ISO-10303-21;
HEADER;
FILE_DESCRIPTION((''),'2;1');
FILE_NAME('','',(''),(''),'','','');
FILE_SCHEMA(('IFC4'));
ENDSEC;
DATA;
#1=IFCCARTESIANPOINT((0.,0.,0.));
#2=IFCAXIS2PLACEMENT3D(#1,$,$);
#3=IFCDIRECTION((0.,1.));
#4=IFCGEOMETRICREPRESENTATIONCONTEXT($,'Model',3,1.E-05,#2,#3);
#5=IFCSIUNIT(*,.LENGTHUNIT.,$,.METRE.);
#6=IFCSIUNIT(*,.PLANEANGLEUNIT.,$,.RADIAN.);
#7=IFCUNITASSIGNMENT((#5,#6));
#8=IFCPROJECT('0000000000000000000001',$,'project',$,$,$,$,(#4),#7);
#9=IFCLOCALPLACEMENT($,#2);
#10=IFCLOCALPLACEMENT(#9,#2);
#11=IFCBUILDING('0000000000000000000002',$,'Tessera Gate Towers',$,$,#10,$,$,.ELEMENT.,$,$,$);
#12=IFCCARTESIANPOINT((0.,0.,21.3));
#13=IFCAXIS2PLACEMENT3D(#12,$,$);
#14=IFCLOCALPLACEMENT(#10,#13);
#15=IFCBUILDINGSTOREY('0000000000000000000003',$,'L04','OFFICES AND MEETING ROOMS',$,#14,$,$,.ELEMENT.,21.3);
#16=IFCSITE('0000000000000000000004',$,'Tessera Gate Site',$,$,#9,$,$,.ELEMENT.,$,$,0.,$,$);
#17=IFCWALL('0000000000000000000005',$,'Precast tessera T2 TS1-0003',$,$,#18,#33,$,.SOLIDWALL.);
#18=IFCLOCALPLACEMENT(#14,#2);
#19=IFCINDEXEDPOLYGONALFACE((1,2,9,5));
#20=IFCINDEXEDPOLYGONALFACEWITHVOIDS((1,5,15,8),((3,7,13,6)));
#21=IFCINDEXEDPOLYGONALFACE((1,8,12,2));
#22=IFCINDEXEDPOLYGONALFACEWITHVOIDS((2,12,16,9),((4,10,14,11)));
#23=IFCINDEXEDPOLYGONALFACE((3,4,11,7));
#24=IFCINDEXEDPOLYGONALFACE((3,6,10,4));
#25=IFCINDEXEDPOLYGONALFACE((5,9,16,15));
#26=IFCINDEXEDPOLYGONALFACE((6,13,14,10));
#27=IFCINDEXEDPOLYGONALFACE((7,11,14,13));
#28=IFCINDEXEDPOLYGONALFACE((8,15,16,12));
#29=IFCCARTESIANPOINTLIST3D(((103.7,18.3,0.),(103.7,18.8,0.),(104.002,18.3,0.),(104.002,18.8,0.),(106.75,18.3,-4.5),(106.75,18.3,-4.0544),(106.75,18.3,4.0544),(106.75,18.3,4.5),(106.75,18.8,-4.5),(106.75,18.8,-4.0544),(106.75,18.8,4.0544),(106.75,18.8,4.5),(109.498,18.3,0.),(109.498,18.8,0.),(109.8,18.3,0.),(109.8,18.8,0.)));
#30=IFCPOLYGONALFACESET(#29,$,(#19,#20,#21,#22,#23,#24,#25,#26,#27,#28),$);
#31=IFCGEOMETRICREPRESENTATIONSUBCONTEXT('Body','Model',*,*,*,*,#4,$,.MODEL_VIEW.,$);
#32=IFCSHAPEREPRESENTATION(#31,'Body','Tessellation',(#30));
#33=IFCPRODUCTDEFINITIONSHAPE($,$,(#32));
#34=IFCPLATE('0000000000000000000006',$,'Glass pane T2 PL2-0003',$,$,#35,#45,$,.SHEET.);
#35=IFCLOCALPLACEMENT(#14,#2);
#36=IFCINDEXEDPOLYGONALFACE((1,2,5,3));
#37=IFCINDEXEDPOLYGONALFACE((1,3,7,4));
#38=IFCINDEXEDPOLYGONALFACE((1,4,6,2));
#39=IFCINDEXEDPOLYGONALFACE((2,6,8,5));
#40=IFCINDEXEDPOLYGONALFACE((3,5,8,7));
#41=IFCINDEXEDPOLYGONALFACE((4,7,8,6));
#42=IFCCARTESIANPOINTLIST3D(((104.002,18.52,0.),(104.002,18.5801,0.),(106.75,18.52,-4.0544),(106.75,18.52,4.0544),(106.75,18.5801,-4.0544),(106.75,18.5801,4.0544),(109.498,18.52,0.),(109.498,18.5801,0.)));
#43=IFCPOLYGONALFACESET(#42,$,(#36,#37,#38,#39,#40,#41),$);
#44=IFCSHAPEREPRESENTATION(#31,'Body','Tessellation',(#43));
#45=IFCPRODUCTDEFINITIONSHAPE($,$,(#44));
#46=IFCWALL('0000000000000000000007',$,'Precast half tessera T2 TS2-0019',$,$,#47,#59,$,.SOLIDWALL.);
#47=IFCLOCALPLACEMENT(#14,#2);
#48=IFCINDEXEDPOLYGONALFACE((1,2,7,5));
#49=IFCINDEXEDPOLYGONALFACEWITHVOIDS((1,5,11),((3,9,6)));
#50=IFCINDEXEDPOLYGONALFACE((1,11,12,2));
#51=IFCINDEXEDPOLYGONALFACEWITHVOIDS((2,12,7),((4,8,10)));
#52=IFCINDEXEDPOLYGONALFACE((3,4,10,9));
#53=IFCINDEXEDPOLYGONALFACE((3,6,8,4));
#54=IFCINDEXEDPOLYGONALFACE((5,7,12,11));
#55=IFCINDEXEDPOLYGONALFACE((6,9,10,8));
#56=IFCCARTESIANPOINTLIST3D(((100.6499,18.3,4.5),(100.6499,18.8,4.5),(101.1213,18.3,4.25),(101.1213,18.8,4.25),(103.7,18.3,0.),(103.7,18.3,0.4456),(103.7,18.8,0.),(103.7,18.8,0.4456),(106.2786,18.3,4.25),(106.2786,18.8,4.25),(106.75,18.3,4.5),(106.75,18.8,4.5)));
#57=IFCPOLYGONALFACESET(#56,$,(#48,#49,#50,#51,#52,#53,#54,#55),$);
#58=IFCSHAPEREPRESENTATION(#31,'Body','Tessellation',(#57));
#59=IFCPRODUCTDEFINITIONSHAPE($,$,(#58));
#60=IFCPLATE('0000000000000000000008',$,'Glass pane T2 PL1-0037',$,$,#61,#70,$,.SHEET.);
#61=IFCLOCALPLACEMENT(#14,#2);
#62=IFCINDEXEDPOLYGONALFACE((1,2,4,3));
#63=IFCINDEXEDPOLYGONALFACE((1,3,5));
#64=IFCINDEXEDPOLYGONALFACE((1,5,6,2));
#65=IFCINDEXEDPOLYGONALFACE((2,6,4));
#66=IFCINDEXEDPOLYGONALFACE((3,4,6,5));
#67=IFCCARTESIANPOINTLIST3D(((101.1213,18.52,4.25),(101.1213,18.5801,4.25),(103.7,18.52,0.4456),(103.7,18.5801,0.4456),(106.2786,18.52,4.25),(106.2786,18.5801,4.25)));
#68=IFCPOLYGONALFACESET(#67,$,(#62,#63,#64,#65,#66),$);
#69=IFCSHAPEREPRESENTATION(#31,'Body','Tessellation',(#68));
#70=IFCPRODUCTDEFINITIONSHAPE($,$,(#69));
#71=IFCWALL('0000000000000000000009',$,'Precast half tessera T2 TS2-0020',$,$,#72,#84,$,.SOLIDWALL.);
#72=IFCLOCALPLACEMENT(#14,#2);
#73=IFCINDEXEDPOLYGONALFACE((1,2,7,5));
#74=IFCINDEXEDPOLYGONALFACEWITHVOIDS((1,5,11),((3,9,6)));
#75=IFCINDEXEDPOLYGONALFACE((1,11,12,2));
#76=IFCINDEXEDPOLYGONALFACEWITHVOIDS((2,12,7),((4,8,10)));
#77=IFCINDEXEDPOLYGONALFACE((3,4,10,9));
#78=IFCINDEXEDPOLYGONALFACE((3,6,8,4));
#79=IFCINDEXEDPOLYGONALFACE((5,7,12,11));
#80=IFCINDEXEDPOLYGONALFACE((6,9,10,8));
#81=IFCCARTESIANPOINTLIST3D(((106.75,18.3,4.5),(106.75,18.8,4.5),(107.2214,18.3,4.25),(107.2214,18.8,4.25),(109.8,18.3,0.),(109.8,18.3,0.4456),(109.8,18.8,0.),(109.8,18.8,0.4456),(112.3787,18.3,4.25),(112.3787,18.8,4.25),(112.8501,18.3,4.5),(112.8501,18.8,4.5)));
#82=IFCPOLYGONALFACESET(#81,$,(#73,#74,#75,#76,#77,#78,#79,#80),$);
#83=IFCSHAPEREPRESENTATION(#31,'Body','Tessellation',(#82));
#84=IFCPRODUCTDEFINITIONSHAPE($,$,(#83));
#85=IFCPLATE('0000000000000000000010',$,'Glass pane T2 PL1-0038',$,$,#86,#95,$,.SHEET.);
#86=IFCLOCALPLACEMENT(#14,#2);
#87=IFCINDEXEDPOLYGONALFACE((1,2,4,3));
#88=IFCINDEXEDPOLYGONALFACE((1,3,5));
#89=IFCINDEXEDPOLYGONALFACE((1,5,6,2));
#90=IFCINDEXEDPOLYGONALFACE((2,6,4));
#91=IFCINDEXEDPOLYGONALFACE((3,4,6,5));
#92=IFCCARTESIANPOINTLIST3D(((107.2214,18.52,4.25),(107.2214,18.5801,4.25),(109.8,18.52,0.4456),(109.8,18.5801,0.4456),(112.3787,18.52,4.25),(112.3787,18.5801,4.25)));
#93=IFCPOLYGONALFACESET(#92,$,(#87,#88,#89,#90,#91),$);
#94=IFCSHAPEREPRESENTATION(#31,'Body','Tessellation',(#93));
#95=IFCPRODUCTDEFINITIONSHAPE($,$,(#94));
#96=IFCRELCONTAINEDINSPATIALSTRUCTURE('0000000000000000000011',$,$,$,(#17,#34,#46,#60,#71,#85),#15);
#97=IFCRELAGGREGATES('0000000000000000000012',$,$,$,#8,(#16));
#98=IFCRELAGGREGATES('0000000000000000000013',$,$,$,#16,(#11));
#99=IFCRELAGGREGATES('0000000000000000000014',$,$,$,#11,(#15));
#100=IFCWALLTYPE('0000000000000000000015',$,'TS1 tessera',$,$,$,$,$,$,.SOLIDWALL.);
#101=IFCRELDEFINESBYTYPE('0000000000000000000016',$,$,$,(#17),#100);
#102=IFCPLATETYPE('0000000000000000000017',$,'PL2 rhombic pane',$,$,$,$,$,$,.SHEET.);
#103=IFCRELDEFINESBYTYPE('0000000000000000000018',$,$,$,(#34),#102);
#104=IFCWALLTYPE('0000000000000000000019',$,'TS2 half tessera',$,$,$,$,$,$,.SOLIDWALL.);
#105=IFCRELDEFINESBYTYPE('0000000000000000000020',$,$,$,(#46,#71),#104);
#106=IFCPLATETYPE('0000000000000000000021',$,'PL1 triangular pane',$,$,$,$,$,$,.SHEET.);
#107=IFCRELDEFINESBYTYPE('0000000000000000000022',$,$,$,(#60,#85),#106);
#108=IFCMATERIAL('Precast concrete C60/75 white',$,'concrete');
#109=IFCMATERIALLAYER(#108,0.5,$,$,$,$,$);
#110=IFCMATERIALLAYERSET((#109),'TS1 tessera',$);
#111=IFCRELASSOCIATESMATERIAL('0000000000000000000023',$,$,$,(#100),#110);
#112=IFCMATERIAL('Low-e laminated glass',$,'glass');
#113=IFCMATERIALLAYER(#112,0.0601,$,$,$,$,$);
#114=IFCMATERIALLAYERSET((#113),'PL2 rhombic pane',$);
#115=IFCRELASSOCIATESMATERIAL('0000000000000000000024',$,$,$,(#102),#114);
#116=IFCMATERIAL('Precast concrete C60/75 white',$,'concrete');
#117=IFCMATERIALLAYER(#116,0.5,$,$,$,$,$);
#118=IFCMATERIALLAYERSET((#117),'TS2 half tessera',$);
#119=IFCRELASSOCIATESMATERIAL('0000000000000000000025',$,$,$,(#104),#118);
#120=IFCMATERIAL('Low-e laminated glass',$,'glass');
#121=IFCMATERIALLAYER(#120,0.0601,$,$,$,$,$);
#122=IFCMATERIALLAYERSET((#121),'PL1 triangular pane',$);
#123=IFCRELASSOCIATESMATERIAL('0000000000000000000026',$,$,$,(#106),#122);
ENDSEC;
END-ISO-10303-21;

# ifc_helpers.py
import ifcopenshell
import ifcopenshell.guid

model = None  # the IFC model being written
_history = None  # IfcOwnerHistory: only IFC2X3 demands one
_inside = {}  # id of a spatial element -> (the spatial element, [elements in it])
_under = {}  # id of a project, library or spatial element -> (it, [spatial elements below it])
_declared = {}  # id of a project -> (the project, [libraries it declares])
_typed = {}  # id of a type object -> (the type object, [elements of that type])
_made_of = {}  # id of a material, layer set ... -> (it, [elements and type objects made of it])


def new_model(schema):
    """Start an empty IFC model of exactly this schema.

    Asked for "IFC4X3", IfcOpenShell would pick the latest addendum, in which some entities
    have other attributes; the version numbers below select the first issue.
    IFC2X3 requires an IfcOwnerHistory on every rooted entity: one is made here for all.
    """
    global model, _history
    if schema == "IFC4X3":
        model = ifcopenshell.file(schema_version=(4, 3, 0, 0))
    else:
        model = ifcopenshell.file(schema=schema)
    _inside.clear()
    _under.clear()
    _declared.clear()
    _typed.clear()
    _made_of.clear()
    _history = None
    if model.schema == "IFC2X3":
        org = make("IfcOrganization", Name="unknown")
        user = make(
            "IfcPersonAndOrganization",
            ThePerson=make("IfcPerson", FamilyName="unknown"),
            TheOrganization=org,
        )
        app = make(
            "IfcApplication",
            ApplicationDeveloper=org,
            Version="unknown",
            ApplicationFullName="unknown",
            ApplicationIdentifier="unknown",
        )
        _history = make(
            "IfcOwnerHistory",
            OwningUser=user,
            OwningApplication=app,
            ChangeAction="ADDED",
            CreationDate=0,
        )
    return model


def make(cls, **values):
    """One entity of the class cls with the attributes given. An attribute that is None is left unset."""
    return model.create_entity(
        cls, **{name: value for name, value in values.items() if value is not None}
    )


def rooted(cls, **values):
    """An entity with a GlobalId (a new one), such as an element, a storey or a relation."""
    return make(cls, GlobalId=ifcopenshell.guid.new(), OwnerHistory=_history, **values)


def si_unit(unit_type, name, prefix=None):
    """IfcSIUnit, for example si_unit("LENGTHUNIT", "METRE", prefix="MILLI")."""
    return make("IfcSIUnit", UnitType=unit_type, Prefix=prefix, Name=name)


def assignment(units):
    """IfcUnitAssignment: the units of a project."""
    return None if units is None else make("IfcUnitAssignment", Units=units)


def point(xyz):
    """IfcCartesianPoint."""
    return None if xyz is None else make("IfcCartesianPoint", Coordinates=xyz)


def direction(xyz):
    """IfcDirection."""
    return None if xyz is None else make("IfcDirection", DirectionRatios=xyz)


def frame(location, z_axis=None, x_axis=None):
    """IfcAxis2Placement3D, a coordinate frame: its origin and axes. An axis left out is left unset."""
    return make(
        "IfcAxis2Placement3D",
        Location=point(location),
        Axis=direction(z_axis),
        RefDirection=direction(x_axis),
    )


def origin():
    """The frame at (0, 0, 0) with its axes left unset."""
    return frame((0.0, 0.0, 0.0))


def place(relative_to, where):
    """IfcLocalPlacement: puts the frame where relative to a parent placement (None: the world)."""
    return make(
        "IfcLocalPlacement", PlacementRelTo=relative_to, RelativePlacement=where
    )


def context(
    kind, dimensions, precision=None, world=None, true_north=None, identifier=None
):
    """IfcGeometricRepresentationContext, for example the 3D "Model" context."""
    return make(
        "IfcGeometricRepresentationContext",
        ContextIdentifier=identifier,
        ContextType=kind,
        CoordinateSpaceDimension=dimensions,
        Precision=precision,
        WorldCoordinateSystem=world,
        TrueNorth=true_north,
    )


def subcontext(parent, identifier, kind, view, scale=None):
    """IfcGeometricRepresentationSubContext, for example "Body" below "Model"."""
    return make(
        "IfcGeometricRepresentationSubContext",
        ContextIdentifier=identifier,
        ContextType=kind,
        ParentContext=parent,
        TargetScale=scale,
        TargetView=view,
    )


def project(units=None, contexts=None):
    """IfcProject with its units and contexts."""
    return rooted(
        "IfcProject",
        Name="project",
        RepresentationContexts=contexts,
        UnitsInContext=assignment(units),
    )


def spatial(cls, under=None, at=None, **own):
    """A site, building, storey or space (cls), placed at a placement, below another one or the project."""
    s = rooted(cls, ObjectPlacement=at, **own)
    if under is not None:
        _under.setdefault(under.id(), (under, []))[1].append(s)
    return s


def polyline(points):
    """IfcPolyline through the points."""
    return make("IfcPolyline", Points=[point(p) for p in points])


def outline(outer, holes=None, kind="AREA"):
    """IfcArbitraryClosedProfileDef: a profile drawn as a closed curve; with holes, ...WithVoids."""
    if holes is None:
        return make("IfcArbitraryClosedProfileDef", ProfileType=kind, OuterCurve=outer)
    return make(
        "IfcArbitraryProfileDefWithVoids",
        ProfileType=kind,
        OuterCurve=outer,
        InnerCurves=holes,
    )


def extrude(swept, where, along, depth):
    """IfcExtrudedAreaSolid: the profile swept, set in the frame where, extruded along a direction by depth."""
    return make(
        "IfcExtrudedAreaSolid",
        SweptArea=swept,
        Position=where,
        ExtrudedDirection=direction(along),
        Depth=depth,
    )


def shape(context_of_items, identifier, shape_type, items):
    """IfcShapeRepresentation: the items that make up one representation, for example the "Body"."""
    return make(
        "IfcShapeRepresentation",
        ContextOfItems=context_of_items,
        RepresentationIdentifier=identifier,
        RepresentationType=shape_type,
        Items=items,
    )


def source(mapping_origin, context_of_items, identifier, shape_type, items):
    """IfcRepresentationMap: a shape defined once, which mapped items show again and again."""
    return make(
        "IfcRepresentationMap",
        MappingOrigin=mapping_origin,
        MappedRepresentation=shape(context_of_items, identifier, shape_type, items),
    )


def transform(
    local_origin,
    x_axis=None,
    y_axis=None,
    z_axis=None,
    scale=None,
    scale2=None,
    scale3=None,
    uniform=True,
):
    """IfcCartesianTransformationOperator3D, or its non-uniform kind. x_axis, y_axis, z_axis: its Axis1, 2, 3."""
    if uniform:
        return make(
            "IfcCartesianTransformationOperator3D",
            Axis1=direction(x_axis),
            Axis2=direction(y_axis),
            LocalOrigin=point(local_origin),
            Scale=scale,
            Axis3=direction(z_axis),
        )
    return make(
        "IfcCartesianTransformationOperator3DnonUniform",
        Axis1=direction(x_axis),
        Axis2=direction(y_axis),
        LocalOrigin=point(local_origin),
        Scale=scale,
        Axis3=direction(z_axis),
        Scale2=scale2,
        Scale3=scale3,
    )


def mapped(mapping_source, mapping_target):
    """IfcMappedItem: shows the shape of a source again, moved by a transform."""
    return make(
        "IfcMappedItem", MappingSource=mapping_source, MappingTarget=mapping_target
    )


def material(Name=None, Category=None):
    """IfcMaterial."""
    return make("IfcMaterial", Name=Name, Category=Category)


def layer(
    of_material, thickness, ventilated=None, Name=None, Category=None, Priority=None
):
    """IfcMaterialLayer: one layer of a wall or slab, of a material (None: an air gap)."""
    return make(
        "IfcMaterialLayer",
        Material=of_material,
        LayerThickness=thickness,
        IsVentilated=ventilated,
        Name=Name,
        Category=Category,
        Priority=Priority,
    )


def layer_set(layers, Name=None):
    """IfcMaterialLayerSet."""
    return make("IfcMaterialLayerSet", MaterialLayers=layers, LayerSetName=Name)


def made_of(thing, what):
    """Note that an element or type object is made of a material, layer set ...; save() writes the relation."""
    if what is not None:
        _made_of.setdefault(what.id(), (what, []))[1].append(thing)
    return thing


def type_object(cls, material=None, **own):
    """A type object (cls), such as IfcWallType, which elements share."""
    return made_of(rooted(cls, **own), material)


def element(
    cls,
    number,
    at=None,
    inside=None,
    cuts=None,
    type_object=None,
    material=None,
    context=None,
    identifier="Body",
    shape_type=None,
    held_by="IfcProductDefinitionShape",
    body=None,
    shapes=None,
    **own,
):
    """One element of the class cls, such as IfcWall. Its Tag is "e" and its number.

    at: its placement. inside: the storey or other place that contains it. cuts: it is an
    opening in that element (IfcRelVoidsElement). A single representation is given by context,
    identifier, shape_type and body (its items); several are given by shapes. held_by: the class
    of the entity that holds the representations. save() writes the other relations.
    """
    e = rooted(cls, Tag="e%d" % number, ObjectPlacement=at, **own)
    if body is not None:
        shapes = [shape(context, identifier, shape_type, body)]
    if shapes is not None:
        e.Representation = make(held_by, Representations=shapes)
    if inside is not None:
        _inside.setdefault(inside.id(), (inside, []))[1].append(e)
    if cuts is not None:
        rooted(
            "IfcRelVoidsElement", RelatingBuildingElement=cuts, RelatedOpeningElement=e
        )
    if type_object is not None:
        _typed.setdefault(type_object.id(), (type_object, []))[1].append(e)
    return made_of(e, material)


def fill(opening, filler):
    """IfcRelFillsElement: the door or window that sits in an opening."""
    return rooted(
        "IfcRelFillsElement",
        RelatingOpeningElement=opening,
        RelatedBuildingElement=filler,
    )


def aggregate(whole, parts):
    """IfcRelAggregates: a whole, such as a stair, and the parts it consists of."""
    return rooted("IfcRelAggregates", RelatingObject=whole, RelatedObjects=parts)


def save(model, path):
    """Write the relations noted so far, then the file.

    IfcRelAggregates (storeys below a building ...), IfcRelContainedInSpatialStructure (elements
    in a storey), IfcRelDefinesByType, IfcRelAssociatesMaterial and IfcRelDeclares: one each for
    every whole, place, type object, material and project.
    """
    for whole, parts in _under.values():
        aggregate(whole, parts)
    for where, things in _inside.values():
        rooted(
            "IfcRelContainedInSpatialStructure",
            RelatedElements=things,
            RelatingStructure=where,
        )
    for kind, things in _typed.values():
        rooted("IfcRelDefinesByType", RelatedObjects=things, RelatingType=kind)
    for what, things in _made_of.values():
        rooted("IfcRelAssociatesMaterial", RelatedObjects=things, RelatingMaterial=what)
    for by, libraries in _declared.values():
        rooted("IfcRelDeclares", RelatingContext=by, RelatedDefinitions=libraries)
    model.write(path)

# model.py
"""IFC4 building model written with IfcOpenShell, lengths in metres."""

from ifc_helpers import new_model, si_unit, direction, frame, origin, place, context, subcontext, project, spatial, polyline, outline, extrude, source, transform, mapped, material, layer, layer_set, type_object, element, fill, save


model = new_model("IFC4")

# Units and contexts
model_context = context("Model", 3, precision=1e-05, world=origin(), true_north=direction((0.0, 1.0)))
body_context = subcontext(model_context, "Body", "Model", "MODEL_VIEW")
ifc_project = project(units=[si_unit("LENGTHUNIT", "METRE"), si_unit("PLANEANGLEUNIT", "RADIAN")], contexts=[model_context])

# Site, building, storey
site_placement = place(None, origin())
site = spatial("IfcSite", under=ifc_project, at=site_placement, Name="Tessera Gate Site", CompositionType="ELEMENT", RefElevation=0.0)
building_placement = place(site_placement, origin())
building = spatial("IfcBuilding", under=site, at=building_placement, Name="Tessera Gate Towers", CompositionType="ELEMENT")
storey_placement = place(building_placement, frame((0.0, 0.0, 21.3)))
storey = spatial("IfcBuildingStorey", under=building, at=storey_placement, Name="L04", Description="OFFICES AND MEETING ROOMS", CompositionType="ELEMENT", Elevation=21.3)

# Walls, openings, plates
ifc_material_1 = material(Name="Precast concrete C60/75 white", Category="concrete")
ifc_layer_1 = layer(ifc_material_1, 0.5)
ifc_layer_set_1 = layer_set([ifc_layer_1], Name="TS1 tessera")
wall_type_1 = type_object("IfcWallType", Name="TS1 tessera", PredefinedType="SOLIDWALL", material=ifc_layer_set_1)
shared_shape_1 = source(origin(), body_context, "Body", "SweptSolid", [
    extrude(outline(polyline([(3.05, 0.0), (6.1001, 4.5), (3.05, 9.0), (0.0, 4.5), (3.05, 0.0)])), frame((0.0, 0.25, 0.0), z_axis=(0.0, -1.0, 0.0), x_axis=(1.0, 0.0, 0.0)), (0.0, 0.0, 1.0), 0.5),
])
wall_1_placement = place(storey_placement, frame((103.7, 18.55, -4.5), z_axis=(0.0, 0.0, 1.0), x_axis=(1.0, 0.0, 0.0)))
wall_1 = element("IfcWall", 1, at=wall_1_placement, inside=storey, type_object=wall_type_1, Name="Precast tessera T2 TS1-0003", PredefinedType="SOLIDWALL", context=body_context, shape_type="MappedRepresentation", body=[
    mapped(shared_shape_1, transform((0.0, 0.0, 0.0), scale=1.0)),
])
shared_shape_2 = source(origin(), body_context, "Body", "SweptSolid", [
    extrude(outline(polyline([(3.05, 0.4456), (5.7981, 4.5), (3.05, 8.5544), (0.302, 4.5), (3.05, 0.4456)])), frame((0.0, 0.26, 0.0), z_axis=(0.0, -1.0, 0.0), x_axis=(1.0, 0.0, 0.0)), (0.0, 0.0, 1.0), 0.52),
])
opening_1_placement = place(wall_1_placement, origin())
opening_1 = element("IfcOpeningElement", 2, at=opening_1_placement, cuts=wall_1, PredefinedType="OPENING", context=body_context, shape_type="MappedRepresentation", body=[
    mapped(shared_shape_2, transform((0.0, 0.0, 0.0), scale=1.0)),
])
ifc_material_2 = material(Name="Low-e laminated glass", Category="glass")
ifc_layer_2 = layer(ifc_material_2, 0.0601)
ifc_layer_set_2 = layer_set([ifc_layer_2], Name="PL2 rhombic pane")
plate_type_1 = type_object("IfcPlateType", Name="PL2 rhombic pane", PredefinedType="SHEET", material=ifc_layer_set_2)
shared_shape_3 = source(origin(), body_context, "Body", "SweptSolid", [
    extrude(outline(polyline([(3.05, 0.4456), (5.7981, 4.5), (3.05, 8.5544), (0.302, 4.5), (3.05, 0.4456)])), frame((0.0, 0.03, 0.0), z_axis=(0.0, -1.0, 0.0), x_axis=(1.0, 0.0, 0.0)), (0.0, 0.0, 1.0), 0.0601),
])
plate_1_placement = place(opening_1_placement, origin())
plate_1 = element("IfcPlate", 3, at=plate_1_placement, inside=storey, type_object=plate_type_1, Name="Glass pane T2 PL2-0003", PredefinedType="SHEET", context=body_context, shape_type="MappedRepresentation", body=[
    mapped(shared_shape_3, transform((0.0, 0.0, 0.0), scale=1.0)),
])
fill(opening_1, plate_1)
ifc_material_3 = material(Name="Precast concrete C60/75 white", Category="concrete")
ifc_layer_3 = layer(ifc_material_3, 0.5)
ifc_layer_set_3 = layer_set([ifc_layer_3], Name="TS2 half tessera")
wall_type_2 = type_object("IfcWallType", Name="TS2 half tessera", PredefinedType="SOLIDWALL", material=ifc_layer_set_3)
shared_shape_4 = source(origin(), body_context, "Body", "SweptSolid", [
    extrude(outline(polyline([(3.05, 0.0), (6.1001, 4.5), (0.0, 4.5), (3.05, 0.0)])), frame((0.0, 0.25, 0.0), z_axis=(0.0, -1.0, 0.0), x_axis=(1.0, 0.0, 0.0)), (0.0, 0.0, 1.0), 0.5),
])
wall_2_placement = place(storey_placement, frame((100.6499, 18.55, 0.0), z_axis=(0.0, 0.0, 1.0), x_axis=(1.0, 0.0, 0.0)))
wall_2 = element("IfcWall", 4, at=wall_2_placement, inside=storey, type_object=wall_type_2, Name="Precast half tessera T2 TS2-0019", PredefinedType="SOLIDWALL", context=body_context, shape_type="MappedRepresentation", body=[
    mapped(shared_shape_4, transform((0.0, 0.0, 0.0), scale=1.0)),
])
shared_shape_5 = source(origin(), body_context, "Body", "SweptSolid", [
    extrude(outline(polyline([(3.05, 0.4456), (5.6287, 4.25), (0.4714, 4.25), (3.05, 0.4456)])), frame((0.0, 0.26, 0.0), z_axis=(0.0, -1.0, 0.0), x_axis=(1.0, 0.0, 0.0)), (0.0, 0.0, 1.0), 0.52),
])
opening_2_placement = place(wall_2_placement, origin())
opening_2 = element("IfcOpeningElement", 5, at=opening_2_placement, cuts=wall_2, PredefinedType="OPENING", context=body_context, shape_type="MappedRepresentation", body=[
    mapped(shared_shape_5, transform((0.0, 0.0, 0.0), scale=1.0)),
])
ifc_material_4 = material(Name="Low-e laminated glass", Category="glass")
ifc_layer_4 = layer(ifc_material_4, 0.0601)
ifc_layer_set_4 = layer_set([ifc_layer_4], Name="PL1 triangular pane")
plate_type_2 = type_object("IfcPlateType", Name="PL1 triangular pane", PredefinedType="SHEET", material=ifc_layer_set_4)
shared_shape_6 = source(origin(), body_context, "Body", "SweptSolid", [
    extrude(outline(polyline([(3.05, 0.4456), (5.6287, 4.25), (0.4714, 4.25), (3.05, 0.4456)])), frame((0.0, 0.03, 0.0), z_axis=(0.0, -1.0, 0.0), x_axis=(1.0, 0.0, 0.0)), (0.0, 0.0, 1.0), 0.0601),
])
plate_2_placement = place(opening_2_placement, origin())
plate_2 = element("IfcPlate", 6, at=plate_2_placement, inside=storey, type_object=plate_type_2, Name="Glass pane T2 PL1-0037", PredefinedType="SHEET", context=body_context, shape_type="MappedRepresentation", body=[
    mapped(shared_shape_6, transform((0.0, 0.0, 0.0), scale=1.0)),
])
fill(opening_2, plate_2)
wall_3_placement = place(storey_placement, frame((106.75, 18.55, 0.0), z_axis=(0.0, 0.0, 1.0), x_axis=(1.0, 0.0, 0.0)))
wall_3 = element("IfcWall", 7, at=wall_3_placement, inside=storey, type_object=wall_type_2, Name="Precast half tessera T2 TS2-0020", PredefinedType="SOLIDWALL", context=body_context, shape_type="MappedRepresentation", body=[
    mapped(shared_shape_4, transform((0.0, 0.0, 0.0), scale=1.0)),
])
opening_3_placement = place(wall_3_placement, origin())
opening_3 = element("IfcOpeningElement", 8, at=opening_3_placement, cuts=wall_3, PredefinedType="OPENING", context=body_context, shape_type="MappedRepresentation", body=[
    mapped(shared_shape_5, transform((0.0, 0.0, 0.0), scale=1.0)),
])
plate_3_placement = place(opening_3_placement, origin())
plate_3 = element("IfcPlate", 9, at=plate_3_placement, inside=storey, type_object=plate_type_2, Name="Glass pane T2 PL1-0038", PredefinedType="SHEET", context=body_context, shape_type="MappedRepresentation", body=[
    mapped(shared_shape_6, transform((0.0, 0.0, 0.0), scale=1.0)),
])
fill(opening_3, plate_3)

save(model, "model.ifc")
